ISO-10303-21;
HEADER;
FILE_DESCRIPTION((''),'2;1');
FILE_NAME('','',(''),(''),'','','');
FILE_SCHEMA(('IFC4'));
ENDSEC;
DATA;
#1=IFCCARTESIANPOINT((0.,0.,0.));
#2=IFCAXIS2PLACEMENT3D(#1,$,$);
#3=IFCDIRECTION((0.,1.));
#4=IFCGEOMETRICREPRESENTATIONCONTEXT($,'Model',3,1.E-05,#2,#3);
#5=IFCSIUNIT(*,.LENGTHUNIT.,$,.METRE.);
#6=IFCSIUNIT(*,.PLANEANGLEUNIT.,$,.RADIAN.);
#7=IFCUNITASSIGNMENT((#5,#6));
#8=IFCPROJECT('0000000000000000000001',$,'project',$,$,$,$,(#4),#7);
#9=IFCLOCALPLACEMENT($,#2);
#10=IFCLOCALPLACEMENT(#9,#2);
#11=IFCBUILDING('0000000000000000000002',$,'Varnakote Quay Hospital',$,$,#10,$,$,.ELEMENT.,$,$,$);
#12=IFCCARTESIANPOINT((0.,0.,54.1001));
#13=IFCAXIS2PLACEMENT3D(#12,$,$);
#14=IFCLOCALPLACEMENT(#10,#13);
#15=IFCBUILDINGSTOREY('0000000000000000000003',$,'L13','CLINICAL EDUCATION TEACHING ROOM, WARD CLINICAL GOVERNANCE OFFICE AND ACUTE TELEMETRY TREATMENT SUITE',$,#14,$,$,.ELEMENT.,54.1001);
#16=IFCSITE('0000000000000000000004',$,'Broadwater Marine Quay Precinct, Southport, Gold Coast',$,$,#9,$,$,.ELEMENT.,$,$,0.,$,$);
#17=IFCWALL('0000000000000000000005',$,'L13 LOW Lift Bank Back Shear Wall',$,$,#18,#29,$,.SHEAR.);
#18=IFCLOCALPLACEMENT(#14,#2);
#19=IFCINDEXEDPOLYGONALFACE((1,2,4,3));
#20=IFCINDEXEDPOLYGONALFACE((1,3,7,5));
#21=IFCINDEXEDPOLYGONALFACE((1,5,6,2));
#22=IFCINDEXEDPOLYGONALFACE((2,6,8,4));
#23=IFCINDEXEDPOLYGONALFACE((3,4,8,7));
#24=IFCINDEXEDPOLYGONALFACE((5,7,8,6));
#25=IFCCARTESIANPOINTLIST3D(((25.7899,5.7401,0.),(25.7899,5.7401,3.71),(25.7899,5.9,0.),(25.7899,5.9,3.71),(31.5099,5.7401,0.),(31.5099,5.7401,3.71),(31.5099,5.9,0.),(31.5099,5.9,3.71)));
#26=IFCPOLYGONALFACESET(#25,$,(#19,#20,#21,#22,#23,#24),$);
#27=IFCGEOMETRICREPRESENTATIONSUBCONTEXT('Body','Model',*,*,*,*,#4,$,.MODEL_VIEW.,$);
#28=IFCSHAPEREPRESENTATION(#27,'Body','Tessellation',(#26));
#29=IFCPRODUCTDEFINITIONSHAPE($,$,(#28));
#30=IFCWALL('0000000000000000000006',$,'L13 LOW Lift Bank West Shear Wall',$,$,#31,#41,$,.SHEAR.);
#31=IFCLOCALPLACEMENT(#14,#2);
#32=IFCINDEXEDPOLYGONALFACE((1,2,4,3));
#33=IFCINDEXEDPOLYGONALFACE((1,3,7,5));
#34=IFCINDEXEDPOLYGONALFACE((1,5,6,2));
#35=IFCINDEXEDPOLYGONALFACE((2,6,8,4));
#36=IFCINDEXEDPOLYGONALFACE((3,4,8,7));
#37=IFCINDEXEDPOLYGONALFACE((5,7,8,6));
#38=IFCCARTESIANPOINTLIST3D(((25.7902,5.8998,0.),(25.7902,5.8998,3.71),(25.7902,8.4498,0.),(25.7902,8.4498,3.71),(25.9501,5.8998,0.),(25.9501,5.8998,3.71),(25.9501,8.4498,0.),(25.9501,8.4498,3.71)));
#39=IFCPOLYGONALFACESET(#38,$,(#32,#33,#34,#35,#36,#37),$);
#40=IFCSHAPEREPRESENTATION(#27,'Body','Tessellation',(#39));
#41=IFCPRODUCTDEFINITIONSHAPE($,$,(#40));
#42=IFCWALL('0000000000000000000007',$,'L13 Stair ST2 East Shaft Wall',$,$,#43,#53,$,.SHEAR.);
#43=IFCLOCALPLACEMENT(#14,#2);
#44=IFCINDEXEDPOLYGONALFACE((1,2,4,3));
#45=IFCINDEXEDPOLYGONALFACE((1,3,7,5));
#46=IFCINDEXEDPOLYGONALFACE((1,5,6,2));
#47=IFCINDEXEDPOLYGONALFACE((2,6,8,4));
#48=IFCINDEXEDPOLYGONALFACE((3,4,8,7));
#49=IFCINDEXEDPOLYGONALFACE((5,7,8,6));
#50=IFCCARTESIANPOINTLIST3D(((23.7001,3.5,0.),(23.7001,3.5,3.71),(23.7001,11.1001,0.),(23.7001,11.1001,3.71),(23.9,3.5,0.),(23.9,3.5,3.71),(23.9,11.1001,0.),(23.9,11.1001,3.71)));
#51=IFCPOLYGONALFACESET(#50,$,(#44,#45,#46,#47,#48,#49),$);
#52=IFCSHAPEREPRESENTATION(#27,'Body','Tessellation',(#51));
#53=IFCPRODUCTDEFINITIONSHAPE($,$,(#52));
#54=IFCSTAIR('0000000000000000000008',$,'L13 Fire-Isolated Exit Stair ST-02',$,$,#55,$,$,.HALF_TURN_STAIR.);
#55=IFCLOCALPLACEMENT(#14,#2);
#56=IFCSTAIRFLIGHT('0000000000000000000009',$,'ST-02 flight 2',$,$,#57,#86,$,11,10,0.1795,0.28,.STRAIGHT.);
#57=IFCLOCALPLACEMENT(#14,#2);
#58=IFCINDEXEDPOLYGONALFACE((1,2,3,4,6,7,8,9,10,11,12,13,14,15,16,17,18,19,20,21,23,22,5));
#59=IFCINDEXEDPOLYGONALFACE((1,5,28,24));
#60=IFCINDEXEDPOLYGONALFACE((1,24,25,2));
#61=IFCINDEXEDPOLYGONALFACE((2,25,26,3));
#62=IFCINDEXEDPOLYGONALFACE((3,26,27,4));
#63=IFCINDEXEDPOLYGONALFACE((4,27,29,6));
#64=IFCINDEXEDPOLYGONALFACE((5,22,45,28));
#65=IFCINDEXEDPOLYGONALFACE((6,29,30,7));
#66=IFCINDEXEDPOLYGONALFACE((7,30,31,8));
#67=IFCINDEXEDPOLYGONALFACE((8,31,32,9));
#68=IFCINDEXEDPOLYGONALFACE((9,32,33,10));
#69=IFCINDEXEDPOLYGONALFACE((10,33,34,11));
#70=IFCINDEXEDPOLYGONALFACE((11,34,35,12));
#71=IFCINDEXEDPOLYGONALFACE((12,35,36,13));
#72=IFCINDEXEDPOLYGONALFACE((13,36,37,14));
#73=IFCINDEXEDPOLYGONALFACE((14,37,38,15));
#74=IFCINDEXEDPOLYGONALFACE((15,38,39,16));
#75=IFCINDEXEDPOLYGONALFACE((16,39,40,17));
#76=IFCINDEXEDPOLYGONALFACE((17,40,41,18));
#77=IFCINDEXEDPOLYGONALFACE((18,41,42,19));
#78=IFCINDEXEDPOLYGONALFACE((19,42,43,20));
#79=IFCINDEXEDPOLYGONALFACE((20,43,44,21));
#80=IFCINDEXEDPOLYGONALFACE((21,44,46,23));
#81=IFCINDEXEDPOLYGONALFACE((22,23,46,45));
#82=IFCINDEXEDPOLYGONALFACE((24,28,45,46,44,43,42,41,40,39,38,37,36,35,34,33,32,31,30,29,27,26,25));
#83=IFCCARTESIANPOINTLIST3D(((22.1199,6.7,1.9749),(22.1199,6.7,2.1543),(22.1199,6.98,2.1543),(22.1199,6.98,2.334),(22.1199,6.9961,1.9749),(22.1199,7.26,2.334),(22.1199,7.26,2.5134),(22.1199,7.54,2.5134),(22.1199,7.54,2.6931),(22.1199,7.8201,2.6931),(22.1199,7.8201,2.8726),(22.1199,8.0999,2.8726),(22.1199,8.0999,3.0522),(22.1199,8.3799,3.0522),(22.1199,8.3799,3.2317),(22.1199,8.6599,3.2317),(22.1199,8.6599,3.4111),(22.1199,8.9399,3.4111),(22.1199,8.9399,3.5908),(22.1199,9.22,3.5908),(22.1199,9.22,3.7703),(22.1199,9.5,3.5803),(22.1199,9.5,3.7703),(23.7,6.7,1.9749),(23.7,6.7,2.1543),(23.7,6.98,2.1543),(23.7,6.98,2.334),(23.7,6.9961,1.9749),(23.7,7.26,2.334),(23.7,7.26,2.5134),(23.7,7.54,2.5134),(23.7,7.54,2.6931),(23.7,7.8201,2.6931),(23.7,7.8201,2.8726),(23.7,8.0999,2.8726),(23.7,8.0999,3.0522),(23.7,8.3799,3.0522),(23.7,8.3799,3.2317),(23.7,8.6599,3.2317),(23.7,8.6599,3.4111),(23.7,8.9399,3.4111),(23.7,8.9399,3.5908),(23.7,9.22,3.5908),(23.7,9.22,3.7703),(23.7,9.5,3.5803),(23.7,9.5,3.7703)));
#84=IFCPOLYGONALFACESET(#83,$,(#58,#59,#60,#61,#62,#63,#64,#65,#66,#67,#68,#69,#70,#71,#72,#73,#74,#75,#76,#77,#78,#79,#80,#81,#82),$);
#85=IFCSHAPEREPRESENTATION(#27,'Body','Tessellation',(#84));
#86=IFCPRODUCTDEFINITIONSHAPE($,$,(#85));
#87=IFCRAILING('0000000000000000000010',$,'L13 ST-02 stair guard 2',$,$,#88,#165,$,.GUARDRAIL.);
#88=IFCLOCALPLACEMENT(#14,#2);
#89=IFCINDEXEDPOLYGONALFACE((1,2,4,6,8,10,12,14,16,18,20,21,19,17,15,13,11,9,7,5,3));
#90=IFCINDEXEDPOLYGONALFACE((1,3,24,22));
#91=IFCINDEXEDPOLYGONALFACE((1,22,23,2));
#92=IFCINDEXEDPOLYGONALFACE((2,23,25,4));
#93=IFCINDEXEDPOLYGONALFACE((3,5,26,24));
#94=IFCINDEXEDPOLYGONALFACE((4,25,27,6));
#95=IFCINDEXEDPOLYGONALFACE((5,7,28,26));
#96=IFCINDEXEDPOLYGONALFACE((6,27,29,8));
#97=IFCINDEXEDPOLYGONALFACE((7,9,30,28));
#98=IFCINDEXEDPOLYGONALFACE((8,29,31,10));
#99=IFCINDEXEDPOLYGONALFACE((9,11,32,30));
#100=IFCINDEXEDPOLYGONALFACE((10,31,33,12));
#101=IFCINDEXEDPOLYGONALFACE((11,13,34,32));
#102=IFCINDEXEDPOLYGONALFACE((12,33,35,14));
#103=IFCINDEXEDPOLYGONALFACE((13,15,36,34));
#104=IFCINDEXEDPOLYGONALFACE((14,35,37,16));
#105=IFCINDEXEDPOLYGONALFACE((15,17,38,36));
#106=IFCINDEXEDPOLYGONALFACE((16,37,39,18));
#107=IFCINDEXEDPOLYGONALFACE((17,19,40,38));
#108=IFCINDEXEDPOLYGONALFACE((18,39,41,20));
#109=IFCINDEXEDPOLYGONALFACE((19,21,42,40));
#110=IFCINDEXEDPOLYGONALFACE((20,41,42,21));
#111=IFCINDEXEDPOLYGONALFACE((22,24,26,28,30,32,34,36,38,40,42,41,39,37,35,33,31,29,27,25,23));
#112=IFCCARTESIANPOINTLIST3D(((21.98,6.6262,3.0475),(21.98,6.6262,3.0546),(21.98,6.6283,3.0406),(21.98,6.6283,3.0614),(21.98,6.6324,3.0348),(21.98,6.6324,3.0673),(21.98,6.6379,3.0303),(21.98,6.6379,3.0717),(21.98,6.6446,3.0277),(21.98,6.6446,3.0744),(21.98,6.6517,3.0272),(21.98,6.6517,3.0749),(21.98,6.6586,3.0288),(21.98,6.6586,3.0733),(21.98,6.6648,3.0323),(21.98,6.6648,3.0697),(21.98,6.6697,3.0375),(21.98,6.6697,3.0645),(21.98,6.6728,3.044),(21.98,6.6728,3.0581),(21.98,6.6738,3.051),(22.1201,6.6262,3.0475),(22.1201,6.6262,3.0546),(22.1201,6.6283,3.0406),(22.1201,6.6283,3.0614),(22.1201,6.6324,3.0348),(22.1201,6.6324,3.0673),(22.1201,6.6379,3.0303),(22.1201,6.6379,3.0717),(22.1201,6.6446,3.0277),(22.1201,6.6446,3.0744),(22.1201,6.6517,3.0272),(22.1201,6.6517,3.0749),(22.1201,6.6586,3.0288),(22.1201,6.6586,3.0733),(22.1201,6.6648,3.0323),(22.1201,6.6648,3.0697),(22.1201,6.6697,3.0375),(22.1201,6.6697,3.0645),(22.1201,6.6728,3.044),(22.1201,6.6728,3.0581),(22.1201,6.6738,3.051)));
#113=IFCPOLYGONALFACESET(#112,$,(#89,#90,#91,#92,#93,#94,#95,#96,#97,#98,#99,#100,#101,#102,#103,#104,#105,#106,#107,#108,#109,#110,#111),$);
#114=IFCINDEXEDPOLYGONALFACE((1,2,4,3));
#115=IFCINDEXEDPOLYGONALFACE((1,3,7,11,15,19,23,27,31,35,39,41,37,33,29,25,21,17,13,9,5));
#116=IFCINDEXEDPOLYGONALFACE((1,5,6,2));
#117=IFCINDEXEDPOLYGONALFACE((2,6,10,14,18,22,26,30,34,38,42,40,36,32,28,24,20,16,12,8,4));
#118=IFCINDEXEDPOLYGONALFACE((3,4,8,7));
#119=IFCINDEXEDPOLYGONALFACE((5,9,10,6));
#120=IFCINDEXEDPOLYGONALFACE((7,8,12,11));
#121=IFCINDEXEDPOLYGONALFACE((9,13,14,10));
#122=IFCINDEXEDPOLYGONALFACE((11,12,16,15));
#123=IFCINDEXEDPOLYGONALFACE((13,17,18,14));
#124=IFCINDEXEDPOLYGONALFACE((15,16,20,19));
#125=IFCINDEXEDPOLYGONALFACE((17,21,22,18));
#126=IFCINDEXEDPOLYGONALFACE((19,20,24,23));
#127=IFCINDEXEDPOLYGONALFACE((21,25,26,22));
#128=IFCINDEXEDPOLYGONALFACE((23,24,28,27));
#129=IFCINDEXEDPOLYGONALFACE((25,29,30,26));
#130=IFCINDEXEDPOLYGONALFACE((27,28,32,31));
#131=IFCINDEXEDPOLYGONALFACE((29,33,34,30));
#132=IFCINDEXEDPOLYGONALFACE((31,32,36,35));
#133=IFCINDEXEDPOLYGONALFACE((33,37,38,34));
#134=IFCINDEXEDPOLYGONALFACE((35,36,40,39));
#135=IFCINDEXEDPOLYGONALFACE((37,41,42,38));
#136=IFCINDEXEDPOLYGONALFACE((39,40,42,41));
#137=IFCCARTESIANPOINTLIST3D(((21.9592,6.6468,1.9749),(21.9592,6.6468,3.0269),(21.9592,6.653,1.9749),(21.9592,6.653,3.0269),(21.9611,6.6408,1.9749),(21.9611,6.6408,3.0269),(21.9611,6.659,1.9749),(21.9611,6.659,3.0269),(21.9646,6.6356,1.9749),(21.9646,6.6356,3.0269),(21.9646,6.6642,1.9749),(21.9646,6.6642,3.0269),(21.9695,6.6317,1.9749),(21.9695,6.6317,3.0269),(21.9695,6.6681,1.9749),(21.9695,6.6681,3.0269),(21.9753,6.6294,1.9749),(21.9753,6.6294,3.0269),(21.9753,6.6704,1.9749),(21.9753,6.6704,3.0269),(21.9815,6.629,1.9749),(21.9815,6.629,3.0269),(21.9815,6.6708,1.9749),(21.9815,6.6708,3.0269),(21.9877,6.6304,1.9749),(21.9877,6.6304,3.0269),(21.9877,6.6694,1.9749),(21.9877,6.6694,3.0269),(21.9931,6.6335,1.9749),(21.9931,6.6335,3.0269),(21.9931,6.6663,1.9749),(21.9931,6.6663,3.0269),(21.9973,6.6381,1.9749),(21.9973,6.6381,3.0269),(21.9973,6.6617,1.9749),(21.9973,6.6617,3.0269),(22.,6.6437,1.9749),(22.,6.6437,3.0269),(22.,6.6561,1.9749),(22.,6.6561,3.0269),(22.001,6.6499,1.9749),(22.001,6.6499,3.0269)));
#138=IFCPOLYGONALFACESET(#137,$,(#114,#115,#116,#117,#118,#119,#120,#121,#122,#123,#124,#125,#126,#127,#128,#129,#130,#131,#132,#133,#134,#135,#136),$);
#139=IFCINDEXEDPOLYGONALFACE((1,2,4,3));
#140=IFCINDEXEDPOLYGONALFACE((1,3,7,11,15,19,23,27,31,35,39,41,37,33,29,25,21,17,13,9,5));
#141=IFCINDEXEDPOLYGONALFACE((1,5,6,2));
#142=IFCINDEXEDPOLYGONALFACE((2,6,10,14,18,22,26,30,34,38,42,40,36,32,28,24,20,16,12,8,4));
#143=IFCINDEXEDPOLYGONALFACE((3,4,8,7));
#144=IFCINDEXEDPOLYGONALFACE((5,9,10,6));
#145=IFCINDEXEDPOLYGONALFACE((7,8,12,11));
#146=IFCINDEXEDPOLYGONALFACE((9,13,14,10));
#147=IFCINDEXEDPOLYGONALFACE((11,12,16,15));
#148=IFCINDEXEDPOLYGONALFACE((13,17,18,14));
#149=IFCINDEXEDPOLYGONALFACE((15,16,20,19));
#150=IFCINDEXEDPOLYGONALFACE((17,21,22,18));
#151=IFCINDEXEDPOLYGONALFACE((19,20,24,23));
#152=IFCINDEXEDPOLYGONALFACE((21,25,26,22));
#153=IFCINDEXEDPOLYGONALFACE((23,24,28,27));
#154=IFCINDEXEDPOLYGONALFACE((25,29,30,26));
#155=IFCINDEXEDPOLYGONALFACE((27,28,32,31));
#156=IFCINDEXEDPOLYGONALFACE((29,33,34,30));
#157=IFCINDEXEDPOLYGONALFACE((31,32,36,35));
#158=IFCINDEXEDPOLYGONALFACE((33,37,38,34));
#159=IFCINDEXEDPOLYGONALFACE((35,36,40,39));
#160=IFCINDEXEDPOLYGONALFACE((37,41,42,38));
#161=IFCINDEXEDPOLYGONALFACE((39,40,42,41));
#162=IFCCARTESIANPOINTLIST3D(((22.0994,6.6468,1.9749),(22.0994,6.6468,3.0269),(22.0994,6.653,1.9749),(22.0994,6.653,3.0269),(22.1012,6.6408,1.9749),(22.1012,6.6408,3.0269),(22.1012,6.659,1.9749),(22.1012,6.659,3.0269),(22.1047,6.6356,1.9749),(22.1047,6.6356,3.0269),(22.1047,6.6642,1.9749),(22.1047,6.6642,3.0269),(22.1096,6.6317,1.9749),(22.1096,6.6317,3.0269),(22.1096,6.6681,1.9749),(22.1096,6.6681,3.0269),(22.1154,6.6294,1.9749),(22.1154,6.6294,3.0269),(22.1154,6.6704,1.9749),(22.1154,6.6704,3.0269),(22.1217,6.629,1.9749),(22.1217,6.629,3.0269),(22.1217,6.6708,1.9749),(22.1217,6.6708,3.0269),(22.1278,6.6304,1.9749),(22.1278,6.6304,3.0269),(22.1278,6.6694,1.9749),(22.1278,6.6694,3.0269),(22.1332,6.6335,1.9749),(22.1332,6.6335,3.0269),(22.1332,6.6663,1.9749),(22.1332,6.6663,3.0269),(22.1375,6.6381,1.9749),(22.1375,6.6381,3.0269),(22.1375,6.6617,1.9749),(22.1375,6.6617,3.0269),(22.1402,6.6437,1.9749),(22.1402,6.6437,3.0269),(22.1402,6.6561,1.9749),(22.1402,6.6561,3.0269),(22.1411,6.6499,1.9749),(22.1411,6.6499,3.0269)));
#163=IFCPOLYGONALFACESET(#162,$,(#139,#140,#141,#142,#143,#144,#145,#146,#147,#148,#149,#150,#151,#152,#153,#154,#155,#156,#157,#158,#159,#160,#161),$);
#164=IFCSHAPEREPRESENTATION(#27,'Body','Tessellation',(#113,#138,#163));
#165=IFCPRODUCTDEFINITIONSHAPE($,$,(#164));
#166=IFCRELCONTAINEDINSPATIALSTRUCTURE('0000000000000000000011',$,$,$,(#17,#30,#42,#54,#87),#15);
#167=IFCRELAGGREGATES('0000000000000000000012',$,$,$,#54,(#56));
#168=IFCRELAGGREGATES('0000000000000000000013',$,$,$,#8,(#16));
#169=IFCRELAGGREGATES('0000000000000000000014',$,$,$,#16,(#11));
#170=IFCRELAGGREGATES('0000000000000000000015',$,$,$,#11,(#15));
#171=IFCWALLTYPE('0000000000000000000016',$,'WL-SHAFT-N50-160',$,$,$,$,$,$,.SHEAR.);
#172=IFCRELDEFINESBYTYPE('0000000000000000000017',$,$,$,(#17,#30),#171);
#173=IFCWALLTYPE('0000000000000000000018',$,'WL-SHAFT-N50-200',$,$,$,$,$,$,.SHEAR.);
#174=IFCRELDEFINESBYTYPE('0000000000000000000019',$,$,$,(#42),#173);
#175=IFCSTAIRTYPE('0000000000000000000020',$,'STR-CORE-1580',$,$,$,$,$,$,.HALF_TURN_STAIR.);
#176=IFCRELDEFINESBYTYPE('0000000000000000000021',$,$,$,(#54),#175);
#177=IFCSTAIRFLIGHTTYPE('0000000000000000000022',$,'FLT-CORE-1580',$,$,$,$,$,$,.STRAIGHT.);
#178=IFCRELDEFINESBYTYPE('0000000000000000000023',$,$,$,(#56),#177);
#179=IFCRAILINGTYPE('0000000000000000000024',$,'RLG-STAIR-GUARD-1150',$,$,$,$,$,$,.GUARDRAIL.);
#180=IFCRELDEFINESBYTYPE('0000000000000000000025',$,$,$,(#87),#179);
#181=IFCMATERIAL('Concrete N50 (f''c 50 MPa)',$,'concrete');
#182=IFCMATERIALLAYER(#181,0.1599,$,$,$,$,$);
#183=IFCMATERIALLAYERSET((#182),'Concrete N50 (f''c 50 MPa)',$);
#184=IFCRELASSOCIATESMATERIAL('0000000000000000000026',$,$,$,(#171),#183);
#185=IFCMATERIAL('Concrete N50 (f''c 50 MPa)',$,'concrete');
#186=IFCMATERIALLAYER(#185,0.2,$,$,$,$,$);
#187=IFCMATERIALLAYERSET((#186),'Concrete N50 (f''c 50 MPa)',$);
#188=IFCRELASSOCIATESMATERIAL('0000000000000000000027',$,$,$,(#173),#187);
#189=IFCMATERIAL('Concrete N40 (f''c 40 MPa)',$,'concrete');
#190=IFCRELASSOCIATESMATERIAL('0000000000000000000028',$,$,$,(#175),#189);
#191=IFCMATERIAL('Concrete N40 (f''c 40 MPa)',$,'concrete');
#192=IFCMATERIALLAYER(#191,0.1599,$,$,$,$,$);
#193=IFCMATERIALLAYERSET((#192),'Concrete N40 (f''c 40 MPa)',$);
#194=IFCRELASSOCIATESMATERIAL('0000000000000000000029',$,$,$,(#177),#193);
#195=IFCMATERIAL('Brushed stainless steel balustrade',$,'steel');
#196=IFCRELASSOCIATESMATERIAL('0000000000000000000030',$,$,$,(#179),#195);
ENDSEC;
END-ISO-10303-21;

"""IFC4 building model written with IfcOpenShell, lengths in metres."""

from ifc_helpers import new_model, si_unit, direction, frame, frame_2d, origin, origin_2d, place, context, subcontext, project, spatial, polyline, rectangle, circle, outline, extrude, material, layer, layer_set, type_object, element, aggregate, save


model = new_model("IFC4")

# Units and contexts
model_context = context("Model", 3, precision=1e-05, world=origin(), true_north=direction((0.0, 1.0)))
body_context = subcontext(model_context, "Body", "Model", "MODEL_VIEW")
ifc_project = project(units=[si_unit("LENGTHUNIT", "METRE"), si_unit("PLANEANGLEUNIT", "RADIAN")], contexts=[model_context])

# Site, building, storey
site_placement = place(None, origin())
site = spatial("IfcSite", under=ifc_project, at=site_placement, Name="Broadwater Marine Quay Precinct, Southport, Gold Coast", CompositionType="ELEMENT", RefElevation=0.0)
building_placement = place(site_placement, origin())
building = spatial("IfcBuilding", under=site, at=building_placement, Name="Varnakote Quay Hospital", CompositionType="ELEMENT")
storey_placement = place(building_placement, frame((0.0, 0.0, 54.1001)))
storey = spatial("IfcBuildingStorey", under=building, at=storey_placement, Name="L13", Description="CLINICAL EDUCATION TEACHING ROOM, WARD CLINICAL GOVERNANCE OFFICE AND ACUTE TELEMETRY TREATMENT SUITE", CompositionType="ELEMENT", Elevation=54.1001)

# Walls
ifc_material_1 = material(Name="Concrete N50 (f'c 50 MPa)", Category="concrete")
ifc_layer_1 = layer(ifc_material_1, 0.1599)
ifc_layer_set_1 = layer_set([ifc_layer_1], Name="Concrete N50 (f'c 50 MPa)")
wall_type_1 = type_object("IfcWallType", Name="WL-SHAFT-N50-160", PredefinedType="SHEAR", material=ifc_layer_set_1)
wall_1_placement = place(storey_placement, frame((25.79, 5.8201, 0.0), z_axis=(0.0, 0.0, 1.0), x_axis=(1.0, 0.0, 0.0)))
element("IfcWall", 1, at=wall_1_placement, inside=storey, type_object=wall_type_1, Name="L13 LOW Lift Bank Back Shear Wall", PredefinedType="SHEAR", context=body_context, shape_type="SweptSolid", body=[
    extrude(rectangle(XDim=5.72, YDim=0.1599, at=frame_2d((2.8599, 0.0))), origin(), (0.0, 0.0, 1.0), 3.71),
])
wall_2_placement = place(storey_placement, frame((25.8701, 5.8999, 0.0), z_axis=(0.0, 0.0, 1.0), x_axis=(0.0, 1.0, 0.0)))
element("IfcWall", 2, at=wall_2_placement, inside=storey, type_object=wall_type_1, Name="L13 LOW Lift Bank West Shear Wall", PredefinedType="SHEAR", context=body_context, shape_type="SweptSolid", body=[
    extrude(rectangle(XDim=2.55, YDim=0.1599, at=frame_2d((1.2749, 0.0))), origin(), (0.0, 0.0, 1.0), 3.71),
])

# Wall
ifc_material_2 = material(Name="Concrete N50 (f'c 50 MPa)", Category="concrete")
ifc_layer_2 = layer(ifc_material_2, 0.2)
ifc_layer_set_2 = layer_set([ifc_layer_2], Name="Concrete N50 (f'c 50 MPa)")
wall_type_2 = type_object("IfcWallType", Name="WL-SHAFT-N50-200", PredefinedType="SHEAR", material=ifc_layer_set_2)
wall_3_placement = place(storey_placement, frame((23.8, 3.5, 0.0), z_axis=(0.0, 0.0, 1.0), x_axis=(0.0, 1.0, 0.0)))
element("IfcWall", 3, at=wall_3_placement, inside=storey, type_object=wall_type_2, Name="L13 Stair ST2 East Shaft Wall", PredefinedType="SHEAR", context=body_context, shape_type="SweptSolid", body=[
    extrude(rectangle(XDim=7.6001, YDim=0.2, at=frame_2d((3.8, 0.0))), origin(), (0.0, 0.0, 1.0), 3.71),
])

# Stair, stair flight
ifc_material_3 = material(Name="Concrete N40 (f'c 40 MPa)", Category="concrete")
stair_type = type_object("IfcStairType", Name="STR-CORE-1580", PredefinedType="HALF_TURN_STAIR", material=ifc_material_3)
stair_placement = place(storey_placement, origin())
stair = element("IfcStair", 4, at=stair_placement, inside=storey, type_object=stair_type, Name="L13 Fire-Isolated Exit Stair ST-02", PredefinedType="HALF_TURN_STAIR")
ifc_material_4 = material(Name="Concrete N40 (f'c 40 MPa)", Category="concrete")
ifc_layer_3 = layer(ifc_material_4, 0.1599)
ifc_layer_set_3 = layer_set([ifc_layer_3], Name="Concrete N40 (f'c 40 MPa)")
stair_flight_type = type_object("IfcStairFlightType", Name="FLT-CORE-1580", PredefinedType="STRAIGHT", material=ifc_layer_set_3)
stair_flight_placement = place(storey_placement, frame((22.9099, 6.7, 1.9749), z_axis=(0.0, 0.0, 1.0), x_axis=(0.0, 1.0, 0.0)))
stair_flight = element("IfcStairFlight", 5, at=stair_flight_placement, type_object=stair_flight_type, Name="ST-02 flight 2", NumberOfRisers=11, NumberOfTreads=10, PredefinedType="STRAIGHT", RiserHeight=0.1795, TreadLength=0.28, context=body_context, shape_type="SweptSolid", body=[
    extrude(outline(polyline([(0.0, 0.0), (0.0, 0.1794), (0.28, 0.1794), (0.28, 0.3591), (0.5601, 0.3591), (0.5601, 0.5386), (0.8401, 0.5386), (0.8401, 0.7183), (1.1201, 0.7183), (1.1201, 0.8977), (1.3999, 0.8977), (1.3999, 1.0774), (1.6799, 1.0774), (1.6799, 1.2568), (1.96, 1.2568), (1.96, 1.4363), (2.24, 1.4363), (2.24, 1.616), (2.52, 1.616), (2.52, 1.7954), (2.8, 1.7954), (2.8, 1.9751), (2.8, 1.6055), (0.2961, 0.0), (0.0, 0.0)])), frame((0.0, 0.79, 0.0), z_axis=(0.0, -1.0, 0.0), x_axis=(1.0, 0.0, 0.0)), (0.0, 0.0, 1.0), 1.5801),
])
aggregate(stair, [stair_flight])

# Railing
ifc_material_5 = material(Name="Brushed stainless steel balustrade", Category="steel")
railing_type_1 = type_object("IfcRailingType", Name="RLG-STAIR-GUARD-1150", PredefinedType="GUARDRAIL", material=ifc_material_5)
railing_1_placement = place(storey_placement, frame((21.98, 6.6499, 1.9749)))
element("IfcRailing", 6, at=railing_1_placement, inside=storey, type_object=railing_type_1, Name="L13 ST-02 stair guard 2", PredefinedType="GUARDRAIL", context=body_context, shape_type="SweptSolid", body=[
    extrude(circle(Radius=0.0239, at=origin_2d()), frame((0.0, 0.0, 1.0762), z_axis=(1.0, 0.0, 0.0), x_axis=(0.0, 1.0, 0.0)), (0.0, 0.0, 1.0), 0.1401),
    extrude(circle(Radius=0.021, at=origin_2d()), origin(), (0.0, 0.0, 1.0), 1.052),
    extrude(circle(Radius=0.021, at=origin_2d()), frame((0.1401, 0.0, 0.0)), (0.0, 0.0, 1.0), 1.052),
])

save(model, "model.ifc")
